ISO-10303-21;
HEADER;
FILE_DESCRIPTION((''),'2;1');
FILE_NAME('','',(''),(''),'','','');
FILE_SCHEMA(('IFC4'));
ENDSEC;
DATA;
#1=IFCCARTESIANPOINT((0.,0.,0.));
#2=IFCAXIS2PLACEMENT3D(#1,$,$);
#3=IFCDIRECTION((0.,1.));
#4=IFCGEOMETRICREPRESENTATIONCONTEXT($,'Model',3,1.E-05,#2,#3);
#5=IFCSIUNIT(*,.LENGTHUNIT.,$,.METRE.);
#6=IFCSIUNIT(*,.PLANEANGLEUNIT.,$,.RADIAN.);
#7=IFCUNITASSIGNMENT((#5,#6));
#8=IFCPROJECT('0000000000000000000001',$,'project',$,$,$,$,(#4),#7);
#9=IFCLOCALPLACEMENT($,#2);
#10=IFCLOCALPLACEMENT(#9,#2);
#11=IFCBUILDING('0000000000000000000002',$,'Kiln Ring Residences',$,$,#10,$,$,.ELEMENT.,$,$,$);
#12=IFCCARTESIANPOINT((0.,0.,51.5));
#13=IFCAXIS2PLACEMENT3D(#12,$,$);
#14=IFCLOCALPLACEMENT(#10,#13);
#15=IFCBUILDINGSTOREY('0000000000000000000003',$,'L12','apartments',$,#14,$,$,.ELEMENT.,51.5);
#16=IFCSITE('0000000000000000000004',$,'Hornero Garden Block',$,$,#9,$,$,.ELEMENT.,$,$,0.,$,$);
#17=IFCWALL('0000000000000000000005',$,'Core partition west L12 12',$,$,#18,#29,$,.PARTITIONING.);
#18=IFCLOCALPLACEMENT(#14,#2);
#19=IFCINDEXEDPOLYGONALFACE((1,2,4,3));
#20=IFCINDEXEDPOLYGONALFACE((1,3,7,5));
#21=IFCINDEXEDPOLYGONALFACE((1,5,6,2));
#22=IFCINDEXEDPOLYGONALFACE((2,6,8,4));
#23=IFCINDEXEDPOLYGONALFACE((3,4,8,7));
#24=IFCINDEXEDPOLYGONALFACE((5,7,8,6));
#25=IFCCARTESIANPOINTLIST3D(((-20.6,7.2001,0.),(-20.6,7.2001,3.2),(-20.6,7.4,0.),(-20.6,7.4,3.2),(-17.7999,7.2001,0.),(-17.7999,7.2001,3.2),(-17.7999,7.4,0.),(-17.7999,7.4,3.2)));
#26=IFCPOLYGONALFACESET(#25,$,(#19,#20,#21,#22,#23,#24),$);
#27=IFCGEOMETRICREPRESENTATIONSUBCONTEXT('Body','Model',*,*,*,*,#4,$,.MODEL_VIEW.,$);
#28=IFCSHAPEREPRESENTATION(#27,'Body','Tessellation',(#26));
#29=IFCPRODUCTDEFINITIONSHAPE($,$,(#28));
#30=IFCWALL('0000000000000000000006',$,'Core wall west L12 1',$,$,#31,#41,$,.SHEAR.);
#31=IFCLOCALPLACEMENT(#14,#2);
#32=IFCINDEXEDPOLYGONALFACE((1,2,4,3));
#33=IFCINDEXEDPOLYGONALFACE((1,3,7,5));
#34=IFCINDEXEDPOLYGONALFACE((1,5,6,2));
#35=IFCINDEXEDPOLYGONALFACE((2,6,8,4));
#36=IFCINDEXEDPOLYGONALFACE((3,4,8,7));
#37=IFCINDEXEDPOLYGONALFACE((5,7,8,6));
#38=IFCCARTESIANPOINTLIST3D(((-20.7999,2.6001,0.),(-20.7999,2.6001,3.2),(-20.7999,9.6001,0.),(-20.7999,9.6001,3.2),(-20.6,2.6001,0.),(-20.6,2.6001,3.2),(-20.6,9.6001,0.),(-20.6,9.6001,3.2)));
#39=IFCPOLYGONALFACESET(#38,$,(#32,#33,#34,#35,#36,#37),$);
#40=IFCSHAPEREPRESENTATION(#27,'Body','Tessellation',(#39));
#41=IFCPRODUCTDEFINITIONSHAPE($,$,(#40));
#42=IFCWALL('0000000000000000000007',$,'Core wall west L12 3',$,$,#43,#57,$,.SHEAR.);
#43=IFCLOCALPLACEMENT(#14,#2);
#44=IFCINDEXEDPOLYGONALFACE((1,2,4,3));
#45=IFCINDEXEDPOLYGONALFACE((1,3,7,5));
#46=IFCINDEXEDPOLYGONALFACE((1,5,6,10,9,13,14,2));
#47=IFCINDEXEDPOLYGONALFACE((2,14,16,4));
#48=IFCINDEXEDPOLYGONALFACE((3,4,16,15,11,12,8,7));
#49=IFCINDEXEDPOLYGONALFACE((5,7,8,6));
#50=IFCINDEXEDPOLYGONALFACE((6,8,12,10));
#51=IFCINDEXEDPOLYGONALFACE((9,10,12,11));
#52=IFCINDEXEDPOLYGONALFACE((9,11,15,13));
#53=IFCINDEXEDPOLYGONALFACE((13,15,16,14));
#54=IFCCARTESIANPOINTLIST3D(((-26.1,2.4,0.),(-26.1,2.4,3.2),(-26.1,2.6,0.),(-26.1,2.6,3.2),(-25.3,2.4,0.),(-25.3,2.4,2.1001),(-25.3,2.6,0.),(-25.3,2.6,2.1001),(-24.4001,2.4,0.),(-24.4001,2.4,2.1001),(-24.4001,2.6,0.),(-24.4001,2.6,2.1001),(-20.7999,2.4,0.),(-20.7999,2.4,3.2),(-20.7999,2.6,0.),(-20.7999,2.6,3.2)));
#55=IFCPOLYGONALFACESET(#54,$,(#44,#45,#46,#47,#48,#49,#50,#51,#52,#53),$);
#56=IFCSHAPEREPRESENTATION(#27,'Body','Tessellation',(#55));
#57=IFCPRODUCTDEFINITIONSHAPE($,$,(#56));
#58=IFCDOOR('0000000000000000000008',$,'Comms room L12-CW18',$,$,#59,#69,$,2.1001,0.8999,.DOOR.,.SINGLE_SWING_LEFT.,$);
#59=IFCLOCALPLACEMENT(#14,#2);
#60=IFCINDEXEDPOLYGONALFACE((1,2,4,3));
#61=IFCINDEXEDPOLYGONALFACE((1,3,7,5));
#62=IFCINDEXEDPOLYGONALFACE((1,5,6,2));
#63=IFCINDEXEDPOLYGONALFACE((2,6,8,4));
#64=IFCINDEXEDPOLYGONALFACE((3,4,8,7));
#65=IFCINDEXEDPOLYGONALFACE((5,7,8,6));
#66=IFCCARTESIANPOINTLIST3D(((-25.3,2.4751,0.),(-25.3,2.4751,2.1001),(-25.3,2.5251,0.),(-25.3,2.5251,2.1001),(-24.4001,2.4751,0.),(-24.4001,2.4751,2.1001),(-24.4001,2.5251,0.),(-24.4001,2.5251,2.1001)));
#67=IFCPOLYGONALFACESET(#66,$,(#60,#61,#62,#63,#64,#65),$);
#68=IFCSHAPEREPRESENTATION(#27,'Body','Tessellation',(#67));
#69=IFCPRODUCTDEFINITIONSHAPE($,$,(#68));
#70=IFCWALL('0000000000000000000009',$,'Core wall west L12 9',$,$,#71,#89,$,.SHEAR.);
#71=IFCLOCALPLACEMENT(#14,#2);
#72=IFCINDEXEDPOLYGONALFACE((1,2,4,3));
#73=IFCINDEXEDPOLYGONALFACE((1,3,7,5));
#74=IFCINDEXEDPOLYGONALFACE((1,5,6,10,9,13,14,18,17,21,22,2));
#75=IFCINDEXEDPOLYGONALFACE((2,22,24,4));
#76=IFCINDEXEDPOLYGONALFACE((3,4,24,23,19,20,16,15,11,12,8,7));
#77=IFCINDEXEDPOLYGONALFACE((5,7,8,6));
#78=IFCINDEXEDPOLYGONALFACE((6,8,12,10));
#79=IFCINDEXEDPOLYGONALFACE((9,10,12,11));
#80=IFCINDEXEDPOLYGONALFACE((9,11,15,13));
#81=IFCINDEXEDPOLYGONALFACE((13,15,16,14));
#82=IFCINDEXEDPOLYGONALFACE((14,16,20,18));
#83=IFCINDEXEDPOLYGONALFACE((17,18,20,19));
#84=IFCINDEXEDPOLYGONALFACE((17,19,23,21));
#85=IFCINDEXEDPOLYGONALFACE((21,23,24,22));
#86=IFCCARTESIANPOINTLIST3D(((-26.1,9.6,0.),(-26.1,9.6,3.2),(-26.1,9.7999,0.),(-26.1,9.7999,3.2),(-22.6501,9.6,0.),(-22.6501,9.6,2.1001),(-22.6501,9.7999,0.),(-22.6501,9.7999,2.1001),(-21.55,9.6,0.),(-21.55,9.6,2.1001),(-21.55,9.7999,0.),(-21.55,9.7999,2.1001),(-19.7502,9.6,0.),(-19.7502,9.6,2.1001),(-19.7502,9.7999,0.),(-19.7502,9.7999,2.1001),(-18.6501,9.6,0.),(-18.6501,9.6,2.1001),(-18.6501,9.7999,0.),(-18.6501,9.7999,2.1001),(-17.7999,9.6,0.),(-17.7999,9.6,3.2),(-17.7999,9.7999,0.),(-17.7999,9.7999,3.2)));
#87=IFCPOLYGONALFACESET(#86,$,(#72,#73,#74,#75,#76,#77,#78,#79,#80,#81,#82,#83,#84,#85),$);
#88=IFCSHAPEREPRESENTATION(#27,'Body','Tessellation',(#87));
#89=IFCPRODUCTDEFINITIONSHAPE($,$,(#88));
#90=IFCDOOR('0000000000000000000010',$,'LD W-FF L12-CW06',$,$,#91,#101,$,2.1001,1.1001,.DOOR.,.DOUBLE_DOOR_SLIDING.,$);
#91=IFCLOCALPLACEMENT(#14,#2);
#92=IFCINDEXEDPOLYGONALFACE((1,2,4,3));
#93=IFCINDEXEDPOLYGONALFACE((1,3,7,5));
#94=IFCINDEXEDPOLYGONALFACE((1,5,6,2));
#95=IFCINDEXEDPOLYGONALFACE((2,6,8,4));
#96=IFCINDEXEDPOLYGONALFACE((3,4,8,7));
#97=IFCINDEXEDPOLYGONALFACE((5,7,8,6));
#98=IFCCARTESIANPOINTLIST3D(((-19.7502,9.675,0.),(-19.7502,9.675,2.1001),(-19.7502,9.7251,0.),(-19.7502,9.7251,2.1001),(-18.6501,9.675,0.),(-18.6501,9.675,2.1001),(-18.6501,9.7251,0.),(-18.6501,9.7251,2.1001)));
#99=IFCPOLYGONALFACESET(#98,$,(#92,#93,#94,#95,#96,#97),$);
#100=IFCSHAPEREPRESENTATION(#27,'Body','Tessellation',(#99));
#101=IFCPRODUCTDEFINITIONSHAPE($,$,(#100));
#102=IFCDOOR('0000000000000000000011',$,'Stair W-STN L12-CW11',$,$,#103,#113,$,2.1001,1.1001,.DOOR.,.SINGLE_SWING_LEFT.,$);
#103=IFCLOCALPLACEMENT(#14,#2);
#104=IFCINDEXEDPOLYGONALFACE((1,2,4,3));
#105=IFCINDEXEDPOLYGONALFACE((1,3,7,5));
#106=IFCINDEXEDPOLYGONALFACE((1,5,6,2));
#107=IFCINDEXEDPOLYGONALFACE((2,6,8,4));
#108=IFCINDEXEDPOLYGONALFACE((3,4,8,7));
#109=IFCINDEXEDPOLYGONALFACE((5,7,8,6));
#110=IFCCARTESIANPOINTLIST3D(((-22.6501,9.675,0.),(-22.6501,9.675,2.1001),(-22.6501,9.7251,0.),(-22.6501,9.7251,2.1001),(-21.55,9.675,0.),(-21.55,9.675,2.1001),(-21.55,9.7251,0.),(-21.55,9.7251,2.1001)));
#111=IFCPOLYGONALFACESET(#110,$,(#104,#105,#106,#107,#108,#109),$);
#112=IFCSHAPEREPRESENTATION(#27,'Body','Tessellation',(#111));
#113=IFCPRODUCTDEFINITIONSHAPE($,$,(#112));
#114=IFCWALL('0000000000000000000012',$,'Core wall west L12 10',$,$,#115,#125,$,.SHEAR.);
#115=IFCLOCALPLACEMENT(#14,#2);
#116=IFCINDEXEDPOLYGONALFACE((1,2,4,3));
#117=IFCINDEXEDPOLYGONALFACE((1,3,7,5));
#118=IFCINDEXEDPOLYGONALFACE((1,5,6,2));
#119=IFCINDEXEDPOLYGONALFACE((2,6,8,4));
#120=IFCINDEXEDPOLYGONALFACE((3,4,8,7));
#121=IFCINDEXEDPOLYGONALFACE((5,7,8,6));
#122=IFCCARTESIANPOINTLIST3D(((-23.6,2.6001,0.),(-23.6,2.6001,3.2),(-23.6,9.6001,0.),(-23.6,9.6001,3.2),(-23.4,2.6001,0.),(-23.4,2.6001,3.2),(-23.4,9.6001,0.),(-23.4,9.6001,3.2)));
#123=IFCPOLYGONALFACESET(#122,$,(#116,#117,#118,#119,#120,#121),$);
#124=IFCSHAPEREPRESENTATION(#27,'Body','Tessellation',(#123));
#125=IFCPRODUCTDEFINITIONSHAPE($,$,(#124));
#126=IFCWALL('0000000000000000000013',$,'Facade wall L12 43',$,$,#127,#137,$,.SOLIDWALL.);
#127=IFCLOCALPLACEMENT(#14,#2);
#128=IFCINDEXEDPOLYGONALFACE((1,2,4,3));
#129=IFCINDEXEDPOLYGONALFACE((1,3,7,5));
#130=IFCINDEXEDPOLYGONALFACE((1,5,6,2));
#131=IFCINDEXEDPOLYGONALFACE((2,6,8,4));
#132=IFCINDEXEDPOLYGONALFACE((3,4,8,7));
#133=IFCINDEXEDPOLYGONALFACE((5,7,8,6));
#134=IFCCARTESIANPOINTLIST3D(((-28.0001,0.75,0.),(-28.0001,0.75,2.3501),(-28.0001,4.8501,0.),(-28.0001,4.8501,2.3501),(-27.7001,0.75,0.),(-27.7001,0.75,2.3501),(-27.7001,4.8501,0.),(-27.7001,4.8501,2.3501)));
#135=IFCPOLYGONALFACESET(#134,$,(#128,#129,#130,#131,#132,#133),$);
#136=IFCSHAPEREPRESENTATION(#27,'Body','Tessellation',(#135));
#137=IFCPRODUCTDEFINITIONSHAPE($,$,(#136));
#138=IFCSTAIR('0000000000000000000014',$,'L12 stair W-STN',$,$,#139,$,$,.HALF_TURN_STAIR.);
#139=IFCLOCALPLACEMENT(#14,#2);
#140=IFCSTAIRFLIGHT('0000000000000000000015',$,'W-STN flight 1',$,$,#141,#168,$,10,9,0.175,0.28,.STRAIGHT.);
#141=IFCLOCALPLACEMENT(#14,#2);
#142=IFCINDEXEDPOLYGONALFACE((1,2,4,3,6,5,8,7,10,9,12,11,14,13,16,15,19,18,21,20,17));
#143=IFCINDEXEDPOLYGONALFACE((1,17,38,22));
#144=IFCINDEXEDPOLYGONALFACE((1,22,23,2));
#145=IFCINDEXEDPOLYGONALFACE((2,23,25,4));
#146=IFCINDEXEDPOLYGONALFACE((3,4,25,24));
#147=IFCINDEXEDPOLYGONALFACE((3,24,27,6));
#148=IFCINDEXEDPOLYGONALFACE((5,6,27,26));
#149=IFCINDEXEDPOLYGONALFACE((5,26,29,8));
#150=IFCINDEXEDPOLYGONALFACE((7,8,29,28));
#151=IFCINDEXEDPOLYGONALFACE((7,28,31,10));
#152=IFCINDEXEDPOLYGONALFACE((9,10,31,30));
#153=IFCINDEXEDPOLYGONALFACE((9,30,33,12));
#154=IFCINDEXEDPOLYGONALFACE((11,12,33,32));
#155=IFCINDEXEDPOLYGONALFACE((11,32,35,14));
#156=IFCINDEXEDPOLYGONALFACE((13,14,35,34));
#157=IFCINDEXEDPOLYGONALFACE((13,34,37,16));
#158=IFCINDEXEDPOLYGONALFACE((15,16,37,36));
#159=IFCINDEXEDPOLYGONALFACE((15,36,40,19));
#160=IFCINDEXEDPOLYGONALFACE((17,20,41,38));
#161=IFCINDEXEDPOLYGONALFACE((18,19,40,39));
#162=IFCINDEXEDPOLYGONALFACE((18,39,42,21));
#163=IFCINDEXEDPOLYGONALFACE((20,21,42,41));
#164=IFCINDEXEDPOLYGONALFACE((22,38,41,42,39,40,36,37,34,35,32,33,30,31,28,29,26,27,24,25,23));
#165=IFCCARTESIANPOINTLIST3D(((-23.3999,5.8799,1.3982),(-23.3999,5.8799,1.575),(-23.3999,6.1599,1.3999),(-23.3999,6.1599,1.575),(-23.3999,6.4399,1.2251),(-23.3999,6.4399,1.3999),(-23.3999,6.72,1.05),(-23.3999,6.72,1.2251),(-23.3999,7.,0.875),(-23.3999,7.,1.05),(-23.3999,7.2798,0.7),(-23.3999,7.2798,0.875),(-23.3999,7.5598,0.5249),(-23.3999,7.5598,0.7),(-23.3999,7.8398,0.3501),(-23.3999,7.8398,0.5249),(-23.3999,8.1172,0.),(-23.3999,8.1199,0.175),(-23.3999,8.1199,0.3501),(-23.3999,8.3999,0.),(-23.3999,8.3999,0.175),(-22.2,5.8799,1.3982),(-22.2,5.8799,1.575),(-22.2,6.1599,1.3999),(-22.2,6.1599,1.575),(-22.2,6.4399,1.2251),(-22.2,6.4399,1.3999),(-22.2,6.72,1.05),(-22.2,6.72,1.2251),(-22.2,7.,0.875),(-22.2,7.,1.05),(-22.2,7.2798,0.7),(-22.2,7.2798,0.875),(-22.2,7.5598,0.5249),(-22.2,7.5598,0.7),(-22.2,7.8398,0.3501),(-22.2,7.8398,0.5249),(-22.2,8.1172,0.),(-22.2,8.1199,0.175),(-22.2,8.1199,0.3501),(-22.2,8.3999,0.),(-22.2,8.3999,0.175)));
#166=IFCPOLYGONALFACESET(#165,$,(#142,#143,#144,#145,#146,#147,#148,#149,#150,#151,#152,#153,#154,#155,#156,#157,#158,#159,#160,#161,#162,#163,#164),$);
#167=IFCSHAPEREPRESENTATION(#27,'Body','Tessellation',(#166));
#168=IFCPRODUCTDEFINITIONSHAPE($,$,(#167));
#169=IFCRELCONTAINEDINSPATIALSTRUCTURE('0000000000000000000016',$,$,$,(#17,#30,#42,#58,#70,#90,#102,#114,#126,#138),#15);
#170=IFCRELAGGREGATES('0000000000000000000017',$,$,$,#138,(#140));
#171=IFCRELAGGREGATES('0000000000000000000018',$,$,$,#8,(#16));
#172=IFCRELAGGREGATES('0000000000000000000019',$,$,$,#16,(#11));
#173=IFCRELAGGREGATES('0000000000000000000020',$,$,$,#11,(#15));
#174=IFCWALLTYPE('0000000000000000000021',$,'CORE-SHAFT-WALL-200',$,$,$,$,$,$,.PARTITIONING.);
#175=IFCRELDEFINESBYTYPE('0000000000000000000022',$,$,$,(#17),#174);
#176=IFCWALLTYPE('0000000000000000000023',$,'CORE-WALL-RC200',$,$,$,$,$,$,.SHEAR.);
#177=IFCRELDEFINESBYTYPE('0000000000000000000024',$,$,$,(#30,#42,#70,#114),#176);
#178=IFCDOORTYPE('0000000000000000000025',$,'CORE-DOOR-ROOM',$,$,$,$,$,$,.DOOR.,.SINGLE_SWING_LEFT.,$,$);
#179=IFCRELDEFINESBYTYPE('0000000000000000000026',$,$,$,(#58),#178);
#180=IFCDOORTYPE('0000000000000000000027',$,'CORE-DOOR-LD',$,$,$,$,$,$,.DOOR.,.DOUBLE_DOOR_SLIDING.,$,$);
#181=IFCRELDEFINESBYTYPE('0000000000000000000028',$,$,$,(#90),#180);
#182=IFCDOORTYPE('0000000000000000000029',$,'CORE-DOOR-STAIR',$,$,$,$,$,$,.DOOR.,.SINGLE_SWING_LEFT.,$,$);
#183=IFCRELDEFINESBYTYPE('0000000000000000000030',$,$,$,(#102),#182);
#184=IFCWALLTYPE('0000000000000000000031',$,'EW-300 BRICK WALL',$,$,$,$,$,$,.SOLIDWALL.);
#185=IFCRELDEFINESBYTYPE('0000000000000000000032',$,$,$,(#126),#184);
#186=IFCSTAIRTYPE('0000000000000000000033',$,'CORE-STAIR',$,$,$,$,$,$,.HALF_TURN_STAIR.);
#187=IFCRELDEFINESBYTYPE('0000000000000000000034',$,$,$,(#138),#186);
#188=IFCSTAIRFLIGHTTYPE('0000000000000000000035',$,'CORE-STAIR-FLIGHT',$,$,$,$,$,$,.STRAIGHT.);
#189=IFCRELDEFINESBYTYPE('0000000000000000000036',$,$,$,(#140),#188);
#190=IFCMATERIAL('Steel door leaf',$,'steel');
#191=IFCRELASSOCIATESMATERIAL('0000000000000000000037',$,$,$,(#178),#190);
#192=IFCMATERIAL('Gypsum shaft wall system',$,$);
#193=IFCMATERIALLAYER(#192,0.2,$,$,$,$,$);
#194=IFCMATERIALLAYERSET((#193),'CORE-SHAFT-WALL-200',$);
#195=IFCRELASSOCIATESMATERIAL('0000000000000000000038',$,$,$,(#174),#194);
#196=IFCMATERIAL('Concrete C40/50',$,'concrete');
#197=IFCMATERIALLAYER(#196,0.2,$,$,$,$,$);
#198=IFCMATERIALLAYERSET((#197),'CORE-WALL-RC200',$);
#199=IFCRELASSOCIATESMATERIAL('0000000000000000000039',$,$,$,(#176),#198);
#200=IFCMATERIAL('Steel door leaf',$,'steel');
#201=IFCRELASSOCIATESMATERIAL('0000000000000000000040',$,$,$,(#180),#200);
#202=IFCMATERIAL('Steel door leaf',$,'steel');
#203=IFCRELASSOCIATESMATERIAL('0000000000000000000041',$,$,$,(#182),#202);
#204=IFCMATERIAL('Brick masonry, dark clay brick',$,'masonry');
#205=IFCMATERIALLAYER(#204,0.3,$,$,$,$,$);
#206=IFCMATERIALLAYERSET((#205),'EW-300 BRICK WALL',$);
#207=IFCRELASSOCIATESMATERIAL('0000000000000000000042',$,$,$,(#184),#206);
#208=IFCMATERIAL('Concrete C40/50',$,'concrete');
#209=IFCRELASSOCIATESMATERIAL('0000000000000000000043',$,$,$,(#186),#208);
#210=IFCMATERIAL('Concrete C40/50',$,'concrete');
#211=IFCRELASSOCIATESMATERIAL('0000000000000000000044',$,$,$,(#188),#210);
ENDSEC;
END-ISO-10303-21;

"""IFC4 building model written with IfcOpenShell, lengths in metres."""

from ifc_helpers import new_model, si_unit, direction, frame, frame_2d, origin, place, context, subcontext, project, spatial, polyline, rectangle, outline, extrude, material, layer, layer_set, type_object, element, fill, aggregate, save


model = new_model("IFC4")

# Units and contexts
model_context = context("Model", 3, precision=1e-05, world=origin(), true_north=direction((0.0, 1.0)))
body_context = subcontext(model_context, "Body", "Model", "MODEL_VIEW")
ifc_project = project(units=[si_unit("LENGTHUNIT", "METRE"), si_unit("PLANEANGLEUNIT", "RADIAN")], contexts=[model_context])

# Site, building, storey
site_placement = place(None, origin())
site = spatial("IfcSite", under=ifc_project, at=site_placement, Name="Hornero Garden Block", CompositionType="ELEMENT", RefElevation=0.0)
building_placement = place(site_placement, origin())
building = spatial("IfcBuilding", under=site, at=building_placement, Name="Kiln Ring Residences", CompositionType="ELEMENT")
storey_placement = place(building_placement, frame((0.0, 0.0, 51.5)))
storey = spatial("IfcBuildingStorey", under=building, at=storey_placement, Name="L12", Description="apartments", CompositionType="ELEMENT", Elevation=51.5)

# Shared definitions
ifc_material_1 = material(Name="Steel door leaf", Category="steel")
door_type_1 = type_object("IfcDoorType", Name="CORE-DOOR-ROOM", OperationType="SINGLE_SWING_LEFT", PredefinedType="DOOR", material=ifc_material_1)

# Walls
ifc_material_2 = material(Name="Gypsum shaft wall system")
ifc_layer_1 = layer(ifc_material_2, 0.2)
ifc_layer_set_1 = layer_set([ifc_layer_1], Name="CORE-SHAFT-WALL-200")
wall_type_1 = type_object("IfcWallType", Name="CORE-SHAFT-WALL-200", PredefinedType="PARTITIONING", material=ifc_layer_set_1)
wall_1_placement = place(storey_placement, frame((-17.8, 7.3, 0.0), z_axis=(0.0, 0.0, 1.0), x_axis=(-1.0, 0.0, 0.0)))
element("IfcWall", 1, at=wall_1_placement, inside=storey, type_object=wall_type_1, Name="Core partition west L12 12", PredefinedType="PARTITIONING", context=body_context, shape_type="SweptSolid", body=[
    extrude(rectangle(XDim=2.8, YDim=0.2, at=frame_2d((1.3999, 0.0))), origin(), (0.0, 0.0, 1.0), 3.2),
])
ifc_material_3 = material(Name="Concrete C40/50", Category="concrete")
ifc_layer_2 = layer(ifc_material_3, 0.2)
ifc_layer_set_2 = layer_set([ifc_layer_2], Name="CORE-WALL-RC200")
wall_type_2 = type_object("IfcWallType", Name="CORE-WALL-RC200", PredefinedType="SHEAR", material=ifc_layer_set_2)
wall_2_placement = place(storey_placement, frame((-20.7, 2.6001, 0.0), z_axis=(0.0, 0.0, 1.0), x_axis=(0.0, 1.0, 0.0)))
element("IfcWall", 2, at=wall_2_placement, inside=storey, type_object=wall_type_2, Name="Core wall west L12 1", PredefinedType="SHEAR", context=body_context, shape_type="SweptSolid", body=[
    extrude(rectangle(XDim=7.0, YDim=0.2, at=frame_2d((3.5, 0.0))), origin(), (0.0, 0.0, 1.0), 3.2),
])

# Wall, opening, door
wall_3_placement = place(storey_placement, frame((-20.8, 2.5, 0.0), z_axis=(0.0, 0.0, 1.0), x_axis=(-1.0, 0.0, 0.0)))
wall_3 = element("IfcWall", 3, at=wall_3_placement, inside=storey, type_object=wall_type_2, Name="Core wall west L12 3", PredefinedType="SHEAR", context=body_context, shape_type="SweptSolid", body=[
    extrude(rectangle(XDim=5.3, YDim=0.2, at=frame_2d((2.6499, 0.0))), origin(), (0.0, 0.0, 1.0), 3.2),
])
opening_1_placement = place(wall_3_placement, frame((3.6001, 0.0, 0.0)))
opening_1 = element("IfcOpeningElement", 4, at=opening_1_placement, cuts=wall_3, PredefinedType="OPENING", context=body_context, shape_type="SweptSolid", body=[
    extrude(rectangle(XDim=0.8999, YDim=2.1001, at=frame_2d((0.45, 1.05))), frame((0.0, 0.1099, 0.0), z_axis=(0.0, -1.0, 0.0), x_axis=(1.0, 0.0, 0.0)), (0.0, 0.0, 1.0), 0.22),
])
door_1_placement = place(opening_1_placement, origin())
door_1 = element("IfcDoor", 5, at=door_1_placement, inside=storey, type_object=door_type_1, Name="Comms room L12-CW18", OperationType="SINGLE_SWING_LEFT", OverallHeight=2.1001, OverallWidth=0.8999, PredefinedType="DOOR", context=body_context, shape_type="SweptSolid", body=[
    extrude(rectangle(XDim=0.8999, YDim=2.1001, at=frame_2d((0.45, 1.05))), frame((0.0, 0.0249, 0.0), z_axis=(0.0, -1.0, 0.0), x_axis=(1.0, 0.0, 0.0)), (0.0, 0.0, 1.0), 0.05),
])
fill(opening_1, door_1)

# Wall, openings, doors
wall_4_placement = place(storey_placement, frame((-17.8, 9.7, 0.0), z_axis=(0.0, 0.0, 1.0), x_axis=(-1.0, 0.0, 0.0)))
wall_4 = element("IfcWall", 6, at=wall_4_placement, inside=storey, type_object=wall_type_2, Name="Core wall west L12 9", PredefinedType="SHEAR", context=body_context, shape_type="SweptSolid", body=[
    extrude(rectangle(XDim=8.3, YDim=0.2, at=frame_2d((4.1499, 0.0))), origin(), (0.0, 0.0, 1.0), 3.2),
])
opening_2_placement = place(wall_4_placement, frame((0.8501, 0.0, 0.0)))
opening_2 = element("IfcOpeningElement", 7, at=opening_2_placement, cuts=wall_4, PredefinedType="OPENING", context=body_context, shape_type="SweptSolid", body=[
    extrude(rectangle(XDim=1.1001, YDim=2.1001, at=frame_2d((0.55, 1.05))), frame((0.0, 0.1099, 0.0), z_axis=(0.0, -1.0, 0.0), x_axis=(1.0, 0.0, 0.0)), (0.0, 0.0, 1.0), 0.22),
])
opening_3_placement = place(wall_4_placement, frame((3.75, 0.0, 0.0)))
opening_3 = element("IfcOpeningElement", 8, at=opening_3_placement, cuts=wall_4, PredefinedType="OPENING", context=body_context, shape_type="SweptSolid", body=[
    extrude(rectangle(XDim=1.1001, YDim=2.1001, at=frame_2d((0.55, 1.05))), frame((0.0, 0.1099, 0.0), z_axis=(0.0, -1.0, 0.0), x_axis=(1.0, 0.0, 0.0)), (0.0, 0.0, 1.0), 0.22),
])
ifc_material_4 = material(Name="Steel door leaf", Category="steel")
door_type_2 = type_object("IfcDoorType", Name="CORE-DOOR-LD", OperationType="DOUBLE_DOOR_SLIDING", PredefinedType="DOOR", material=ifc_material_4)
door_2_placement = place(opening_2_placement, origin())
door_2 = element("IfcDoor", 9, at=door_2_placement, inside=storey, type_object=door_type_2, Name="LD W-FF L12-CW06", OperationType="DOUBLE_DOOR_SLIDING", OverallHeight=2.1001, OverallWidth=1.1001, PredefinedType="DOOR", context=body_context, shape_type="SweptSolid", body=[
    extrude(rectangle(XDim=1.1001, YDim=2.1001, at=frame_2d((0.55, 1.05))), frame((0.0, 0.0249, 0.0), z_axis=(0.0, -1.0, 0.0), x_axis=(1.0, 0.0, 0.0)), (0.0, 0.0, 1.0), 0.05),
])
fill(opening_2, door_2)
ifc_material_5 = material(Name="Steel door leaf", Category="steel")
door_type_3 = type_object("IfcDoorType", Name="CORE-DOOR-STAIR", OperationType="SINGLE_SWING_LEFT", PredefinedType="DOOR", material=ifc_material_5)
door_3_placement = place(opening_3_placement, origin())
door_3 = element("IfcDoor", 10, at=door_3_placement, inside=storey, type_object=door_type_3, Name="Stair W-STN L12-CW11", OperationType="SINGLE_SWING_LEFT", OverallHeight=2.1001, OverallWidth=1.1001, PredefinedType="DOOR", context=body_context, shape_type="SweptSolid", body=[
    extrude(rectangle(XDim=1.1001, YDim=2.1001, at=frame_2d((0.55, 1.05))), frame((0.0, 0.0249, 0.0), z_axis=(0.0, -1.0, 0.0), x_axis=(1.0, 0.0, 0.0)), (0.0, 0.0, 1.0), 0.05),
])
fill(opening_3, door_3)

# Walls
wall_5_placement = place(storey_placement, frame((-23.5, 2.6001, 0.0), z_axis=(0.0, 0.0, 1.0), x_axis=(0.0, 1.0, 0.0)))
element("IfcWall", 11, at=wall_5_placement, inside=storey, type_object=wall_type_2, Name="Core wall west L12 10", PredefinedType="SHEAR", context=body_context, shape_type="SweptSolid", body=[
    extrude(rectangle(XDim=7.0, YDim=0.2, at=frame_2d((3.5, 0.0))), origin(), (0.0, 0.0, 1.0), 3.2),
])
ifc_material_6 = material(Name="Brick masonry, dark clay brick", Category="masonry")
ifc_layer_3 = layer(ifc_material_6, 0.3)
ifc_layer_set_3 = layer_set([ifc_layer_3], Name="EW-300 BRICK WALL")
wall_type_3 = type_object("IfcWallType", Name="EW-300 BRICK WALL", PredefinedType="SOLIDWALL", material=ifc_layer_set_3)
wall_6_placement = place(storey_placement, frame((-27.8501, 4.8501, 0.0), z_axis=(0.0, 0.0, 1.0), x_axis=(0.0, -1.0, 0.0)))
element("IfcWall", 12, at=wall_6_placement, inside=storey, type_object=wall_type_3, Name="Facade wall L12 43", PredefinedType="SOLIDWALL", context=body_context, shape_type="SweptSolid", body=[
    extrude(rectangle(XDim=4.1001, YDim=0.3, at=frame_2d((2.05, 0.0))), origin(), (0.0, 0.0, 1.0), 2.3501),
])

# Stair, stair flight
ifc_material_7 = material(Name="Concrete C40/50", Category="concrete")
stair_type = type_object("IfcStairType", Name="CORE-STAIR", PredefinedType="HALF_TURN_STAIR", material=ifc_material_7)
stair_placement = place(storey_placement, origin())
stair = element("IfcStair", 13, at=stair_placement, inside=storey, type_object=stair_type, Name="L12 stair W-STN", PredefinedType="HALF_TURN_STAIR")
ifc_material_8 = material(Name="Concrete C40/50", Category="concrete")
stair_flight_type = type_object("IfcStairFlightType", Name="CORE-STAIR-FLIGHT", PredefinedType="STRAIGHT", material=ifc_material_8)
stair_flight_1_placement = place(storey_placement, frame((-22.8, 8.3999, 0.0), z_axis=(0.0, 0.0, 1.0), x_axis=(0.0, -1.0, 0.0)))
stair_flight_1 = element("IfcStairFlight", 14, at=stair_flight_1_placement, type_object=stair_flight_type, Name="W-STN flight 1", NumberOfRisers=10, NumberOfTreads=9, PredefinedType="STRAIGHT", RiserHeight=0.175, TreadLength=0.28, context=body_context, shape_type="SweptSolid", body=[
    extrude(outline(polyline([(0.0, 0.0), (0.0, 0.175), (0.28, 0.175), (0.28, 0.3501), (0.5601, 0.3501), (0.5601, 0.5249), (0.8401, 0.5249), (0.8401, 0.7), (1.1201, 0.7), (1.1201, 0.875), (1.3999, 0.875), (1.3999, 1.05), (1.6799, 1.05), (1.6799, 1.2251), (1.96, 1.2251), (1.96, 1.3999), (2.24, 1.3999), (2.24, 1.575), (2.52, 1.575), (2.52, 1.75), (2.52, 1.3982), (0.2827, 0.0), (0.0, 0.0)])), frame((0.0, 0.6001, 0.0), z_axis=(0.0, -1.0, 0.0), x_axis=(1.0, 0.0, 0.0)), (0.0, 0.0, 1.0), 1.2),
])
aggregate(stair, [stair_flight_1])

save(model, "model.ifc")
